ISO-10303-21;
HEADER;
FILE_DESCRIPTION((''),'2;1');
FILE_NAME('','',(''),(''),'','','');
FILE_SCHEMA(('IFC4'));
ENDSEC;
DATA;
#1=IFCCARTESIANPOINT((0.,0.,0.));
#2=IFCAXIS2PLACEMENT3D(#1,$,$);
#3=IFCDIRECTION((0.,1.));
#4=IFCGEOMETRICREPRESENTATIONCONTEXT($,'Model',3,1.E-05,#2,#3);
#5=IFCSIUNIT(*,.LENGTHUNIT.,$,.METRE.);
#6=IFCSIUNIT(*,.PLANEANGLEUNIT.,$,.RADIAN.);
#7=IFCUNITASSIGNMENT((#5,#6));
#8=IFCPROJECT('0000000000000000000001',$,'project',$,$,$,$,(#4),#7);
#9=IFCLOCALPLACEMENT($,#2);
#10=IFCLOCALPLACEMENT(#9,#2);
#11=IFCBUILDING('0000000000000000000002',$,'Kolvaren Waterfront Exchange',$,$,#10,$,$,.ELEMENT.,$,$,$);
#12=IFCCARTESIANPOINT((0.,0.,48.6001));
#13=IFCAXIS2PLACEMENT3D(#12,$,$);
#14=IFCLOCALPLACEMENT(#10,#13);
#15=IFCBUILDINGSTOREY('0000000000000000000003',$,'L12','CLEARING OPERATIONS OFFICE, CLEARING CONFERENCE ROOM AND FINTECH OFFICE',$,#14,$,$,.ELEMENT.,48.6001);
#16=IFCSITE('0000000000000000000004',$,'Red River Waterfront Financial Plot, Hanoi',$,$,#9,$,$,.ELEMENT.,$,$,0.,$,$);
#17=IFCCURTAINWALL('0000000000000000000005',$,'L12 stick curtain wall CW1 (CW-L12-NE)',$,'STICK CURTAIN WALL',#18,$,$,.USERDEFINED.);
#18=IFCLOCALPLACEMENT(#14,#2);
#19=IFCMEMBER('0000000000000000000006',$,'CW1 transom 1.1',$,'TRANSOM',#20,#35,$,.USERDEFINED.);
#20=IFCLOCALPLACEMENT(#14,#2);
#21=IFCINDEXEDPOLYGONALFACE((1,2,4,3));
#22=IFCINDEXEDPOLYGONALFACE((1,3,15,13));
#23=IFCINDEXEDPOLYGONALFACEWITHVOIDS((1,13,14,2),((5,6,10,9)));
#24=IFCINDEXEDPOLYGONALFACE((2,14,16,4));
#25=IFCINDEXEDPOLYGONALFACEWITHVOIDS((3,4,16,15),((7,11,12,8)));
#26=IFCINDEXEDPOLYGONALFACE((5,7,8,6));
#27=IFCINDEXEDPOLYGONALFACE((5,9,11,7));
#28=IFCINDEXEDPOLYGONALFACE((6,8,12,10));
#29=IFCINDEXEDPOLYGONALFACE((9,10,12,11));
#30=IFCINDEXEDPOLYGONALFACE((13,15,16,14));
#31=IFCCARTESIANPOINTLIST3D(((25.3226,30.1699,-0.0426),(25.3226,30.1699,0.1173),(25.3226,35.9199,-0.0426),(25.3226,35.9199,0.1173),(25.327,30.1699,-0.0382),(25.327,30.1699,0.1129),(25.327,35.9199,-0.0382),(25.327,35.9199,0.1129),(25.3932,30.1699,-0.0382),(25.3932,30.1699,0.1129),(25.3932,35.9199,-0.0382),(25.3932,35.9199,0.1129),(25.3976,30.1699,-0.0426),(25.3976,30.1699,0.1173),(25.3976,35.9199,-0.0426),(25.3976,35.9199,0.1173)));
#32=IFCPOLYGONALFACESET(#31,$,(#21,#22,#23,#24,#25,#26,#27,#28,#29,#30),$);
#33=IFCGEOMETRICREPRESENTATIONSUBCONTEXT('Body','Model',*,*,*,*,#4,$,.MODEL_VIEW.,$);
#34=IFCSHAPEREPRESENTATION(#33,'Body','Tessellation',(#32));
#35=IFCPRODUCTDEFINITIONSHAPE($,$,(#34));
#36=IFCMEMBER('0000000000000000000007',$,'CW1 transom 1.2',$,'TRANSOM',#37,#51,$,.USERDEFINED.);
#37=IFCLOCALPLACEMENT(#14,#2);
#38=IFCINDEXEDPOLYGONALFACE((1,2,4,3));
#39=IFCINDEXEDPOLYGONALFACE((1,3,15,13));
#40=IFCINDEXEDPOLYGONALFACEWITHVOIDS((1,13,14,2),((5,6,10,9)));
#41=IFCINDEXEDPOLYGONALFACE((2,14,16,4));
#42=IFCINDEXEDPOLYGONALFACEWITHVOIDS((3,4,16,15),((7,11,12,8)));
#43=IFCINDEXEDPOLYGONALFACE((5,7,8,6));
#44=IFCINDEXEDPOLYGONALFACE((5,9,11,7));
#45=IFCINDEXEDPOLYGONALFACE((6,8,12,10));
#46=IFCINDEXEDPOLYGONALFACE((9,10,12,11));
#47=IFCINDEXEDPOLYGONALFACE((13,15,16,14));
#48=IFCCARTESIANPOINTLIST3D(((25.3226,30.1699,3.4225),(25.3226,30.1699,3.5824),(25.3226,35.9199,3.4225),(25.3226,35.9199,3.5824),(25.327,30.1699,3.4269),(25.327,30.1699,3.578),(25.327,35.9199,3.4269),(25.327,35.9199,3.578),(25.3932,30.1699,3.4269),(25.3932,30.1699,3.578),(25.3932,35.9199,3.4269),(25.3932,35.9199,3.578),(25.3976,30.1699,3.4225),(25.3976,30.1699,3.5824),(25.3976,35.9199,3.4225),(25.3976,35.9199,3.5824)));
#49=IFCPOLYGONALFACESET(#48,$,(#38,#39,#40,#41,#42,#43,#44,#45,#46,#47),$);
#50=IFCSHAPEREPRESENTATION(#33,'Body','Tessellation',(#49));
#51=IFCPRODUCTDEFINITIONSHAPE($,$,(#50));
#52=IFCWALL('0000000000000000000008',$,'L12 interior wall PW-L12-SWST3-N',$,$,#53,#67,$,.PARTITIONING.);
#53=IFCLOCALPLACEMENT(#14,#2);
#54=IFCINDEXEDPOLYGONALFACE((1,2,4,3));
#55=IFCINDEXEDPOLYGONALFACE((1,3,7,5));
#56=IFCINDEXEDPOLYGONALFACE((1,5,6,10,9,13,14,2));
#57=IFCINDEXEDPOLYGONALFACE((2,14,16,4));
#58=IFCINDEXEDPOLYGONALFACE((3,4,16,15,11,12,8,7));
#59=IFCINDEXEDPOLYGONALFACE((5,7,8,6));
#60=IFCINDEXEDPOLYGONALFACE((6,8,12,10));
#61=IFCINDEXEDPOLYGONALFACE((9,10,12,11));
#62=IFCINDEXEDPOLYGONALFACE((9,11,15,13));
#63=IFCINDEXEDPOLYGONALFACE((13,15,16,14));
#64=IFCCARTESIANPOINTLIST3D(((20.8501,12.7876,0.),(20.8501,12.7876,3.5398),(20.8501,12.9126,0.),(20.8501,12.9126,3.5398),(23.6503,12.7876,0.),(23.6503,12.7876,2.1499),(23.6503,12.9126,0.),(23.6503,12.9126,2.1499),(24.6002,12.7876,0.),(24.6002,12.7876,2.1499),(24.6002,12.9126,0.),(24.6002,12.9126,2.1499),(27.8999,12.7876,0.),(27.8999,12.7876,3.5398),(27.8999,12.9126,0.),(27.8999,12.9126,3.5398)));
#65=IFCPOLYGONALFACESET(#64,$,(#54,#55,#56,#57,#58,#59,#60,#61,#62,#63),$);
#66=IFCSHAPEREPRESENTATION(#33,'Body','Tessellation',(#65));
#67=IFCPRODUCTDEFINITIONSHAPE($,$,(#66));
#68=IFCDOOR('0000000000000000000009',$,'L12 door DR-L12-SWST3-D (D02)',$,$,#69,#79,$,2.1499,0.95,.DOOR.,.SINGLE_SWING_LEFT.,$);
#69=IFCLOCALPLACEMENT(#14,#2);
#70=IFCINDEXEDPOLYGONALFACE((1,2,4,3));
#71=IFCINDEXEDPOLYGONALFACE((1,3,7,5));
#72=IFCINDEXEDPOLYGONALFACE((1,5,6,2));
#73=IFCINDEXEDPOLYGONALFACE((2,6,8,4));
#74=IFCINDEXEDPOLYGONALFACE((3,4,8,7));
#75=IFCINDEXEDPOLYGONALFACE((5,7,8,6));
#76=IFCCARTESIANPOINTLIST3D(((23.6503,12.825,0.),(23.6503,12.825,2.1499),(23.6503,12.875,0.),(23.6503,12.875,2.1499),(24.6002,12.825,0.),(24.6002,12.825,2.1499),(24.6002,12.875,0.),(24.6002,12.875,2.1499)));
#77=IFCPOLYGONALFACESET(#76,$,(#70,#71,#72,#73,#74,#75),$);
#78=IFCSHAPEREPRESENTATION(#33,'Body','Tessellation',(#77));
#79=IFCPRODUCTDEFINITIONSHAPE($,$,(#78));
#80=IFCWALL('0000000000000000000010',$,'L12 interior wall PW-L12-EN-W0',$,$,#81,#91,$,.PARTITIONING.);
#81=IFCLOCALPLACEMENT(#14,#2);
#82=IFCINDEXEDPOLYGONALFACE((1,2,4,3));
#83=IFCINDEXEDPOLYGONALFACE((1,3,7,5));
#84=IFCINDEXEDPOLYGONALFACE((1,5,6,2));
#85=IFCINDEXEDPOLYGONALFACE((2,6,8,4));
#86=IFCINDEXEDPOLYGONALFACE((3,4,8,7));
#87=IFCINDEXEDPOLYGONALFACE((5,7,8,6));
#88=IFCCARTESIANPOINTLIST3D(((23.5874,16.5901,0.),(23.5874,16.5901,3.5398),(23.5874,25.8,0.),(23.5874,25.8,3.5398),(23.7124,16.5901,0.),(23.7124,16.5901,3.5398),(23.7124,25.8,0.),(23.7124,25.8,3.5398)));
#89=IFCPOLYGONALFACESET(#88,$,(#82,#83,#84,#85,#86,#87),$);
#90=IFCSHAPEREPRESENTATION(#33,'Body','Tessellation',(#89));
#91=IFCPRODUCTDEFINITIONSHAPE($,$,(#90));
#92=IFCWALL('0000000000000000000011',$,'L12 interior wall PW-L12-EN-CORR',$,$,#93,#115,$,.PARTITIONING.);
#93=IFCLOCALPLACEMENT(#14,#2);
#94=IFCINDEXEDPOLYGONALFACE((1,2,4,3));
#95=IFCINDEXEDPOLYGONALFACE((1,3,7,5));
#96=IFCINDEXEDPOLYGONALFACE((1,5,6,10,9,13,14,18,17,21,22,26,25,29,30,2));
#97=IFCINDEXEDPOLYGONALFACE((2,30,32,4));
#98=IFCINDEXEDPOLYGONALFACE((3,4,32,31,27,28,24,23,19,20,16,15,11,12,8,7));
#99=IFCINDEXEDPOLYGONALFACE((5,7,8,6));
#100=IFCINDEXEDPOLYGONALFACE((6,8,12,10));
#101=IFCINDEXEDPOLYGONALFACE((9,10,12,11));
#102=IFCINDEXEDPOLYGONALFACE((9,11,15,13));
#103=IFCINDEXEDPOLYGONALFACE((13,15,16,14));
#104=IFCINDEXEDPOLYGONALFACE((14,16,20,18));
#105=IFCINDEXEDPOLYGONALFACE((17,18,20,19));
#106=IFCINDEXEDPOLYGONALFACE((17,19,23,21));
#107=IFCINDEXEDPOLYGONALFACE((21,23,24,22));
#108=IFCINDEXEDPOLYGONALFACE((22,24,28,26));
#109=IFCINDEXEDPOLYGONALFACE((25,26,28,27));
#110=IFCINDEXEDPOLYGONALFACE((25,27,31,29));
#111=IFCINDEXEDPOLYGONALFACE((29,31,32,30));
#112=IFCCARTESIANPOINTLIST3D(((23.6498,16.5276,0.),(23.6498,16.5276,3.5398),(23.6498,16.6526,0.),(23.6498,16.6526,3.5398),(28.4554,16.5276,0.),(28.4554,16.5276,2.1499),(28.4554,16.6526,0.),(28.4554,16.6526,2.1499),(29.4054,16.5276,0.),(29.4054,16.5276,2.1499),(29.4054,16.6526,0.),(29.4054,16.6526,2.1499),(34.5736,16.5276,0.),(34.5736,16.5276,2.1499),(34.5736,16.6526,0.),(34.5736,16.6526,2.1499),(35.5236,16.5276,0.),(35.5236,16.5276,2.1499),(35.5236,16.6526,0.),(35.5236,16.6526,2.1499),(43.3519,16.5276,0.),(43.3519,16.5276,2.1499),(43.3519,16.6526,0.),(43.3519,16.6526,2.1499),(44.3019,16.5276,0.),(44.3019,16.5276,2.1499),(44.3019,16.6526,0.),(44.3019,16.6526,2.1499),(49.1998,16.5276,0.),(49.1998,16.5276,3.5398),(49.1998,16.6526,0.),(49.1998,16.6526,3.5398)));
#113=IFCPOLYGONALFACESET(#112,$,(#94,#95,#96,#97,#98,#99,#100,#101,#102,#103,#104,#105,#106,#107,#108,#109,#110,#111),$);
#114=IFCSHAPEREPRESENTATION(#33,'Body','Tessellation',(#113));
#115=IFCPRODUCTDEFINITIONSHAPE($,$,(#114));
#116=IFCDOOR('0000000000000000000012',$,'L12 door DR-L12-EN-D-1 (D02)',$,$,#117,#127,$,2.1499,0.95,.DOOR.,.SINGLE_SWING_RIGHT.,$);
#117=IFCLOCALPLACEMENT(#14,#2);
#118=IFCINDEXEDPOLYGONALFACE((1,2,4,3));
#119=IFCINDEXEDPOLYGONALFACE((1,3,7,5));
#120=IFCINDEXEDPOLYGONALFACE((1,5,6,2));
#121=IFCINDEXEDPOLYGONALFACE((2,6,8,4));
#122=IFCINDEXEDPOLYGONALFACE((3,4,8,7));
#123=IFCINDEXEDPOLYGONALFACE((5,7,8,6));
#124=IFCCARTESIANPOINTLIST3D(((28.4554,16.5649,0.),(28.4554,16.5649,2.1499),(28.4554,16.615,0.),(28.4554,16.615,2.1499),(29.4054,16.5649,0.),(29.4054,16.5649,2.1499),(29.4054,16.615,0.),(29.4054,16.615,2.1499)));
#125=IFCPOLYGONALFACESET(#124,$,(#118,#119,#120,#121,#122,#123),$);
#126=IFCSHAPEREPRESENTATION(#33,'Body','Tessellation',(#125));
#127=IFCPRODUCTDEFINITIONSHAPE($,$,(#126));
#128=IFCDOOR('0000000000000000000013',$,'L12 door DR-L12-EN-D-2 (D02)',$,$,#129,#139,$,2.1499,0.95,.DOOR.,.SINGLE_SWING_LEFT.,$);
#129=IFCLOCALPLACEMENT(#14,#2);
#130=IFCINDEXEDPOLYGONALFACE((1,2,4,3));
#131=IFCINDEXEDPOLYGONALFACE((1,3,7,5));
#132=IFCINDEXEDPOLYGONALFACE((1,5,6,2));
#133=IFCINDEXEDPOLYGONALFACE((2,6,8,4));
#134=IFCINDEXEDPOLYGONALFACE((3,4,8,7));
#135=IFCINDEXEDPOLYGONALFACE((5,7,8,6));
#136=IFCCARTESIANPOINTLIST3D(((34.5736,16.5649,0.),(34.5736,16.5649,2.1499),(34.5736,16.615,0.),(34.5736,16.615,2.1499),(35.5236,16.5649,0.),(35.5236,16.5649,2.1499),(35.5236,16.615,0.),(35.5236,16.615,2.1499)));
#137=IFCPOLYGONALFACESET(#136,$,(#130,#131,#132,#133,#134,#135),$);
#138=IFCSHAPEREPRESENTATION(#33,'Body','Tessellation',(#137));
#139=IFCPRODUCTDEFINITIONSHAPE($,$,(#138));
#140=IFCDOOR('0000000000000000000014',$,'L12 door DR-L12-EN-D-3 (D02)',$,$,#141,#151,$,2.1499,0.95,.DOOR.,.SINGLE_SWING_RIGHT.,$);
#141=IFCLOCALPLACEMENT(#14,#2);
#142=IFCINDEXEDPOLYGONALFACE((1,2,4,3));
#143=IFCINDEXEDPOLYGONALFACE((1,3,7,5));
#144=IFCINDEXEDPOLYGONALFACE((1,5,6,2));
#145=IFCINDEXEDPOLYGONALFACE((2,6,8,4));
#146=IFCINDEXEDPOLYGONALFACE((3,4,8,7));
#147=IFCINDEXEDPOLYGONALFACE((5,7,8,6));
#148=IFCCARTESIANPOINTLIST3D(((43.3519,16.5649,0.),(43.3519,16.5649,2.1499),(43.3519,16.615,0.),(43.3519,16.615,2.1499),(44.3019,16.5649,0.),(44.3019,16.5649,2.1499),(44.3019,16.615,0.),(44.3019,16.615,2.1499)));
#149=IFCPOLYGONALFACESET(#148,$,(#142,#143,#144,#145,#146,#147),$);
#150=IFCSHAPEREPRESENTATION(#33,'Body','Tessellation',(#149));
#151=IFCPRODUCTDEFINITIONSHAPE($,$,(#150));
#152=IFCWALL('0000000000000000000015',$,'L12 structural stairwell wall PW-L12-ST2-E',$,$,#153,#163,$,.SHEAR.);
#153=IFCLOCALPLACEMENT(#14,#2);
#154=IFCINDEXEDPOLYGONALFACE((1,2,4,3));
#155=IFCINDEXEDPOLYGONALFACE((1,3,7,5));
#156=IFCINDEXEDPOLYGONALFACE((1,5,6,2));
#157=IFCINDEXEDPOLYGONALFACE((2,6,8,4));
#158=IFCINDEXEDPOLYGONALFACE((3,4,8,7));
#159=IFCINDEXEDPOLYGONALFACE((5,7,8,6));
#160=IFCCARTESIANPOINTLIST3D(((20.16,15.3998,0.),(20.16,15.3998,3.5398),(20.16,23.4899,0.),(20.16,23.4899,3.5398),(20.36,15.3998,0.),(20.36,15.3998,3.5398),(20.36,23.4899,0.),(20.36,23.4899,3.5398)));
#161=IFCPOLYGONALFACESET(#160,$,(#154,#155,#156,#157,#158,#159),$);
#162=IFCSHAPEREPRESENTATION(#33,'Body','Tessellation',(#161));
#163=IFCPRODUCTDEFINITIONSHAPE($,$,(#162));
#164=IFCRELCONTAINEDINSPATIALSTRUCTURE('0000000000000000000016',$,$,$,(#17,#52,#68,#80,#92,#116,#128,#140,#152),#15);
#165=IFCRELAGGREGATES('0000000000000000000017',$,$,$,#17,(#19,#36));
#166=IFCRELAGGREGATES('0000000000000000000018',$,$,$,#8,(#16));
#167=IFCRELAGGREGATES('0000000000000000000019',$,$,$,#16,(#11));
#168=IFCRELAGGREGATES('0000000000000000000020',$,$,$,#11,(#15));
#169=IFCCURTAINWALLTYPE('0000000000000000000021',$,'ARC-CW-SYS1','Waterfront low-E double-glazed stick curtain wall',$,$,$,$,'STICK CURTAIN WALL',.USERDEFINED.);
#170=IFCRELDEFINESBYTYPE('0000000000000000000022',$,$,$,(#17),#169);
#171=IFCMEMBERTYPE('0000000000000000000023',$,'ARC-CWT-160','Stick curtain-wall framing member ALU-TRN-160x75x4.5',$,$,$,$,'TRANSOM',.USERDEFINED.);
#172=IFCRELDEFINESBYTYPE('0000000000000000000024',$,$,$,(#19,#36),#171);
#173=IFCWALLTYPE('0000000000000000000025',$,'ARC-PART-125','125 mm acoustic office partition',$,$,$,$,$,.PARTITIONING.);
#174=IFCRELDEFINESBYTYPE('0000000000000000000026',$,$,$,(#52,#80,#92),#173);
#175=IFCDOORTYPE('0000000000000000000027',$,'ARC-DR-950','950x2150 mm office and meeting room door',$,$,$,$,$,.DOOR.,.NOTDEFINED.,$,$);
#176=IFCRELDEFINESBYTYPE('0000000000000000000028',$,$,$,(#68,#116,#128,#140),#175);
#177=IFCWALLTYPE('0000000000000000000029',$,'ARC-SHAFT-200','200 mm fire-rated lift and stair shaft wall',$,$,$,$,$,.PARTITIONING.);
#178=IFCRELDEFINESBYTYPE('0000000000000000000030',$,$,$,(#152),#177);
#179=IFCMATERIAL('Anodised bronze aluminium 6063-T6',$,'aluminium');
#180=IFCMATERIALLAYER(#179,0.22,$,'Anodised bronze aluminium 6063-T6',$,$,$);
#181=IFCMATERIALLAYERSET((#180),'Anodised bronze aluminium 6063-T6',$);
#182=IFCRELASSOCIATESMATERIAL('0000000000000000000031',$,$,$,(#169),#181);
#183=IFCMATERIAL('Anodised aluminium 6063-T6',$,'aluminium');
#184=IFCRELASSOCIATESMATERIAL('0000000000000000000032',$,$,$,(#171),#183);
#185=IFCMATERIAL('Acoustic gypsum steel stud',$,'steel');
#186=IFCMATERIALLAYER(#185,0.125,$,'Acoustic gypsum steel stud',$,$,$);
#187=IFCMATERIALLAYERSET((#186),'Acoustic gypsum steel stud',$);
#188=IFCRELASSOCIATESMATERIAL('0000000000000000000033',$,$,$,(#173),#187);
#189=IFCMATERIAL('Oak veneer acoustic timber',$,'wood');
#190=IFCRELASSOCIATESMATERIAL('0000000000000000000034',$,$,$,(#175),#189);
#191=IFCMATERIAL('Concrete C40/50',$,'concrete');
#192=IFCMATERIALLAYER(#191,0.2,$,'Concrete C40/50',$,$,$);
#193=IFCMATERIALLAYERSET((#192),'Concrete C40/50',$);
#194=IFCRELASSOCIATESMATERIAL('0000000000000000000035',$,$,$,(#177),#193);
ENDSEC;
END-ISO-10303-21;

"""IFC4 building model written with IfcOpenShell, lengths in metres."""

from ifc_helpers import new_model, si_unit, direction, frame, frame_2d, origin, origin_with_axes, origin_2d, place, context, subcontext, project, spatial, rectangle, hollow_rectangle, extrude, source, transform, mapped, material, layer, layer_set, material_profile, profile_set, type_object, element, fill, aggregate, save


model = new_model("IFC4")

# Units and contexts
model_context = context("Model", 3, precision=1e-05, world=origin(), true_north=direction((0.0, 1.0)))
body_context = subcontext(model_context, "Body", "Model", "MODEL_VIEW")
ifc_project = project(units=[si_unit("LENGTHUNIT", "METRE"), si_unit("PLANEANGLEUNIT", "RADIAN")], contexts=[model_context])

# Site, building, storey
site_placement = place(None, origin())
site = spatial("IfcSite", under=ifc_project, at=site_placement, Name="Red River Waterfront Financial Plot, Hanoi", CompositionType="ELEMENT", RefElevation=0.0)
building_placement = place(site_placement, origin())
building = spatial("IfcBuilding", under=site, at=building_placement, Name="Kolvaren Waterfront Exchange", CompositionType="ELEMENT")
storey_placement = place(building_placement, frame((0.0, 0.0, 48.6001)))
storey = spatial("IfcBuildingStorey", under=building, at=storey_placement, Name="L12", Description="CLEARING OPERATIONS OFFICE, CLEARING CONFERENCE ROOM AND FINTECH OFFICE", CompositionType="ELEMENT", Elevation=48.6001)

# Curtain wall, members
ifc_material_1 = material(Name="Anodised bronze aluminium 6063-T6", Category="aluminium")
ifc_layer_1 = layer(ifc_material_1, 0.22, Name="Anodised bronze aluminium 6063-T6")
ifc_layer_set_1 = layer_set([ifc_layer_1], Name="Anodised bronze aluminium 6063-T6")
curtain_wall_type = type_object("IfcCurtainWallType", Name="ARC-CW-SYS1", Description="Waterfront low-E double-glazed stick curtain wall", ElementType="STICK CURTAIN WALL", PredefinedType="USERDEFINED", material=ifc_layer_set_1)
curtain_wall_placement = place(storey_placement, origin())
curtain_wall = element("IfcCurtainWall", 1, at=curtain_wall_placement, inside=storey, type_object=curtain_wall_type, Name="L12 stick curtain wall CW1 (CW-L12-NE)", ObjectType="STICK CURTAIN WALL", PredefinedType="USERDEFINED")
ifc_material_2 = material(Name="Anodised aluminium 6063-T6", Category="aluminium")
ifc_material_profile_1 = material_profile(ifc_material_2, hollow_rectangle(XDim=0.075, YDim=0.1599, WallThickness=0.0044, at=origin_2d()), Name="ALU-TRN-160x75x4.5")
ifc_profile_set_1 = profile_set([ifc_material_profile_1], Name="Anodised aluminium 6063-T6")
member_type_1 = type_object("IfcMemberType", Name="ARC-CWT-160", Description="Stick curtain-wall framing member ALU-TRN-160x75x4.5", ElementType="TRANSOM", PredefinedType="USERDEFINED", material=ifc_profile_set_1)
shared_shape_1 = source(origin_with_axes(), body_context, "Body", "SweptSolid", [
    extrude(hollow_rectangle(XDim=0.075, YDim=0.1599, WallThickness=0.0044, at=origin_2d()), origin(), (0.0, 0.0, 1.0), 5.75),
])
member_1_placement = place(storey_placement, frame((25.3601, 30.1699, 0.0374), z_axis=(0.0, 1.0, 0.0), x_axis=(-1.0, 0.0, 0.0)))
member_1 = element("IfcMember", 2, at=member_1_placement, type_object=member_type_1, Name="CW1 transom 1.1", ObjectType="TRANSOM", PredefinedType="USERDEFINED", context=body_context, shape_type="MappedRepresentation", body=[
    mapped(shared_shape_1, transform((0.0, 0.0, 0.0), x_axis=(1.0, 0.0, 0.0), y_axis=(0.0, 1.0, 0.0), z_axis=(0.0, 0.0, 1.0), scale=1.0)),
])
member_2_placement = place(storey_placement, frame((25.3601, 30.1699, 3.5024), z_axis=(0.0, 1.0, 0.0), x_axis=(-1.0, 0.0, 0.0)))
member_2 = element("IfcMember", 3, at=member_2_placement, type_object=member_type_1, Name="CW1 transom 1.2", ObjectType="TRANSOM", PredefinedType="USERDEFINED", context=body_context, shape_type="MappedRepresentation", body=[
    mapped(shared_shape_1, transform((0.0, 0.0, 0.0), x_axis=(1.0, 0.0, 0.0), y_axis=(0.0, 1.0, 0.0), z_axis=(0.0, 0.0, 1.0), scale=1.0)),
])
aggregate(curtain_wall, [member_1, member_2])

# Wall, opening, door
ifc_material_3 = material(Name="Acoustic gypsum steel stud", Category="steel")
ifc_layer_2 = layer(ifc_material_3, 0.125, Name="Acoustic gypsum steel stud")
ifc_layer_set_2 = layer_set([ifc_layer_2], Name="Acoustic gypsum steel stud")
wall_type_1 = type_object("IfcWallType", Name="ARC-PART-125", Description="125 mm acoustic office partition", PredefinedType="PARTITIONING", material=ifc_layer_set_2)
wall_1_placement = place(storey_placement, frame((20.8501, 12.8501, 0.0), z_axis=(0.0, 0.0, 1.0), x_axis=(1.0, 0.0, 0.0)))
wall_1 = element("IfcWall", 4, at=wall_1_placement, inside=storey, type_object=wall_type_1, Name="L12 interior wall PW-L12-SWST3-N", PredefinedType="PARTITIONING", context=body_context, shape_type="SweptSolid", body=[
    extrude(rectangle(XDim=7.0498, YDim=0.125, at=frame_2d((3.5249, 0.0))), origin(), (0.0, 0.0, 1.0), 3.5398),
])
opening_1_placement = place(wall_1_placement, frame((2.8, 0.0, 0.0)))
opening_1 = element("IfcOpeningElement", 5, at=opening_1_placement, cuts=wall_1, PredefinedType="OPENING", context=body_context, shape_type="SweptSolid", body=[
    extrude(rectangle(XDim=0.95, YDim=2.1499, at=frame_2d((0.4751, 1.075))), frame((0.0, 0.0725, 0.0), z_axis=(0.0, -1.0, 0.0), x_axis=(1.0, 0.0, 0.0)), (0.0, 0.0, 1.0), 0.145),
])
ifc_material_4 = material(Name="Oak veneer acoustic timber", Category="wood")
door_type = type_object("IfcDoorType", Name="ARC-DR-950", Description="950x2150 mm office and meeting room door", OperationType="NOTDEFINED", PredefinedType="DOOR", material=ifc_material_4)
door_1_placement = place(opening_1_placement, origin())
door_1 = element("IfcDoor", 6, at=door_1_placement, inside=storey, type_object=door_type, Name="L12 door DR-L12-SWST3-D (D02)", OperationType="SINGLE_SWING_LEFT", OverallHeight=2.1499, OverallWidth=0.95, PredefinedType="DOOR", context=body_context, shape_type="SweptSolid", body=[
    extrude(rectangle(XDim=0.95, YDim=2.1499, at=frame_2d((0.4751, 1.075))), frame((0.0, 0.0249, 0.0), z_axis=(0.0, -1.0, 0.0), x_axis=(1.0, 0.0, 0.0)), (0.0, 0.0, 1.0), 0.05),
])
fill(opening_1, door_1)

# Wall
wall_2_placement = place(storey_placement, frame((23.6499, 16.5901, 0.0), z_axis=(0.0, 0.0, 1.0), x_axis=(0.0, 1.0, 0.0)))
element("IfcWall", 7, at=wall_2_placement, inside=storey, type_object=wall_type_1, Name="L12 interior wall PW-L12-EN-W0", PredefinedType="PARTITIONING", context=body_context, shape_type="SweptSolid", body=[
    extrude(rectangle(XDim=9.21, YDim=0.125, at=frame_2d((4.605, 0.0))), origin(), (0.0, 0.0, 1.0), 3.5398),
])

# Wall, openings, doors
wall_3_placement = place(storey_placement, frame((23.6499, 16.5901, 0.0), z_axis=(0.0, 0.0, 1.0), x_axis=(1.0, 0.0, 0.0)))
wall_3 = element("IfcWall", 8, at=wall_3_placement, inside=storey, type_object=wall_type_1, Name="L12 interior wall PW-L12-EN-CORR", PredefinedType="PARTITIONING", context=body_context, shape_type="SweptSolid", body=[
    extrude(rectangle(XDim=25.55, YDim=0.125, at=frame_2d((12.7749, 0.0))), origin(), (0.0, 0.0, 1.0), 3.5398),
])
opening_2_placement = place(wall_3_placement, frame((4.8054, 0.0, 0.0)))
opening_2 = element("IfcOpeningElement", 9, at=opening_2_placement, cuts=wall_3, PredefinedType="OPENING", context=body_context, shape_type="SweptSolid", body=[
    extrude(rectangle(XDim=0.95, YDim=2.1499, at=frame_2d((0.4751, 1.075))), frame((0.0, 0.0725, 0.0), z_axis=(0.0, -1.0, 0.0), x_axis=(1.0, 0.0, 0.0)), (0.0, 0.0, 1.0), 0.145),
])
opening_3_placement = place(wall_3_placement, frame((10.9236, 0.0, 0.0)))
opening_3 = element("IfcOpeningElement", 10, at=opening_3_placement, cuts=wall_3, PredefinedType="OPENING", context=body_context, shape_type="SweptSolid", body=[
    extrude(rectangle(XDim=0.95, YDim=2.1499, at=frame_2d((0.4751, 1.075))), frame((0.0, 0.0725, 0.0), z_axis=(0.0, -1.0, 0.0), x_axis=(1.0, 0.0, 0.0)), (0.0, 0.0, 1.0), 0.145),
])
opening_4_placement = place(wall_3_placement, frame((19.7019, 0.0, 0.0)))
opening_4 = element("IfcOpeningElement", 11, at=opening_4_placement, cuts=wall_3, PredefinedType="OPENING", context=body_context, shape_type="SweptSolid", body=[
    extrude(rectangle(XDim=0.95, YDim=2.1499, at=frame_2d((0.4751, 1.075))), frame((0.0, 0.0725, 0.0), z_axis=(0.0, -1.0, 0.0), x_axis=(1.0, 0.0, 0.0)), (0.0, 0.0, 1.0), 0.145),
])
door_2_placement = place(opening_2_placement, origin())
door_2 = element("IfcDoor", 12, at=door_2_placement, inside=storey, type_object=door_type, Name="L12 door DR-L12-EN-D-1 (D02)", OperationType="SINGLE_SWING_RIGHT", OverallHeight=2.1499, OverallWidth=0.95, PredefinedType="DOOR", context=body_context, shape_type="SweptSolid", body=[
    extrude(rectangle(XDim=0.95, YDim=2.1499, at=frame_2d((0.4751, 1.075))), frame((0.0, 0.0249, 0.0), z_axis=(0.0, -1.0, 0.0), x_axis=(1.0, 0.0, 0.0)), (0.0, 0.0, 1.0), 0.05),
])
fill(opening_2, door_2)
door_3_placement = place(opening_3_placement, origin())
door_3 = element("IfcDoor", 13, at=door_3_placement, inside=storey, type_object=door_type, Name="L12 door DR-L12-EN-D-2 (D02)", OperationType="SINGLE_SWING_LEFT", OverallHeight=2.1499, OverallWidth=0.95, PredefinedType="DOOR", context=body_context, shape_type="SweptSolid", body=[
    extrude(rectangle(XDim=0.95, YDim=2.1499, at=frame_2d((0.4751, 1.075))), frame((0.0, 0.0249, 0.0), z_axis=(0.0, -1.0, 0.0), x_axis=(1.0, 0.0, 0.0)), (0.0, 0.0, 1.0), 0.05),
])
fill(opening_3, door_3)
door_4_placement = place(opening_4_placement, origin())
door_4 = element("IfcDoor", 14, at=door_4_placement, inside=storey, type_object=door_type, Name="L12 door DR-L12-EN-D-3 (D02)", OperationType="SINGLE_SWING_RIGHT", OverallHeight=2.1499, OverallWidth=0.95, PredefinedType="DOOR", context=body_context, shape_type="SweptSolid", body=[
    extrude(rectangle(XDim=0.95, YDim=2.1499, at=frame_2d((0.4751, 1.075))), frame((0.0, 0.0249, 0.0), z_axis=(0.0, -1.0, 0.0), x_axis=(1.0, 0.0, 0.0)), (0.0, 0.0, 1.0), 0.05),
])
fill(opening_4, door_4)

# Wall
ifc_material_5 = material(Name="Concrete C40/50", Category="concrete")
ifc_layer_3 = layer(ifc_material_5, 0.2, Name="Concrete C40/50")
ifc_layer_set_3 = layer_set([ifc_layer_3], Name="Concrete C40/50")
wall_type_2 = type_object("IfcWallType", Name="ARC-SHAFT-200", Description="200 mm fire-rated lift and stair shaft wall", PredefinedType="PARTITIONING", material=ifc_layer_set_3)
wall_4_placement = place(storey_placement, frame((20.26, 15.3999, 0.0), z_axis=(0.0, 0.0, 1.0), x_axis=(0.0, 1.0, 0.0)))
element("IfcWall", 15, at=wall_4_placement, inside=storey, type_object=wall_type_2, Name="L12 structural stairwell wall PW-L12-ST2-E", PredefinedType="SHEAR", context=body_context, shape_type="SweptSolid", body=[
    extrude(rectangle(XDim=8.0901, YDim=0.2, at=frame_2d((4.0449, 0.0))), origin(), (0.0, 0.0, 1.0), 3.5398),
])

save(model, "model.ifc")
